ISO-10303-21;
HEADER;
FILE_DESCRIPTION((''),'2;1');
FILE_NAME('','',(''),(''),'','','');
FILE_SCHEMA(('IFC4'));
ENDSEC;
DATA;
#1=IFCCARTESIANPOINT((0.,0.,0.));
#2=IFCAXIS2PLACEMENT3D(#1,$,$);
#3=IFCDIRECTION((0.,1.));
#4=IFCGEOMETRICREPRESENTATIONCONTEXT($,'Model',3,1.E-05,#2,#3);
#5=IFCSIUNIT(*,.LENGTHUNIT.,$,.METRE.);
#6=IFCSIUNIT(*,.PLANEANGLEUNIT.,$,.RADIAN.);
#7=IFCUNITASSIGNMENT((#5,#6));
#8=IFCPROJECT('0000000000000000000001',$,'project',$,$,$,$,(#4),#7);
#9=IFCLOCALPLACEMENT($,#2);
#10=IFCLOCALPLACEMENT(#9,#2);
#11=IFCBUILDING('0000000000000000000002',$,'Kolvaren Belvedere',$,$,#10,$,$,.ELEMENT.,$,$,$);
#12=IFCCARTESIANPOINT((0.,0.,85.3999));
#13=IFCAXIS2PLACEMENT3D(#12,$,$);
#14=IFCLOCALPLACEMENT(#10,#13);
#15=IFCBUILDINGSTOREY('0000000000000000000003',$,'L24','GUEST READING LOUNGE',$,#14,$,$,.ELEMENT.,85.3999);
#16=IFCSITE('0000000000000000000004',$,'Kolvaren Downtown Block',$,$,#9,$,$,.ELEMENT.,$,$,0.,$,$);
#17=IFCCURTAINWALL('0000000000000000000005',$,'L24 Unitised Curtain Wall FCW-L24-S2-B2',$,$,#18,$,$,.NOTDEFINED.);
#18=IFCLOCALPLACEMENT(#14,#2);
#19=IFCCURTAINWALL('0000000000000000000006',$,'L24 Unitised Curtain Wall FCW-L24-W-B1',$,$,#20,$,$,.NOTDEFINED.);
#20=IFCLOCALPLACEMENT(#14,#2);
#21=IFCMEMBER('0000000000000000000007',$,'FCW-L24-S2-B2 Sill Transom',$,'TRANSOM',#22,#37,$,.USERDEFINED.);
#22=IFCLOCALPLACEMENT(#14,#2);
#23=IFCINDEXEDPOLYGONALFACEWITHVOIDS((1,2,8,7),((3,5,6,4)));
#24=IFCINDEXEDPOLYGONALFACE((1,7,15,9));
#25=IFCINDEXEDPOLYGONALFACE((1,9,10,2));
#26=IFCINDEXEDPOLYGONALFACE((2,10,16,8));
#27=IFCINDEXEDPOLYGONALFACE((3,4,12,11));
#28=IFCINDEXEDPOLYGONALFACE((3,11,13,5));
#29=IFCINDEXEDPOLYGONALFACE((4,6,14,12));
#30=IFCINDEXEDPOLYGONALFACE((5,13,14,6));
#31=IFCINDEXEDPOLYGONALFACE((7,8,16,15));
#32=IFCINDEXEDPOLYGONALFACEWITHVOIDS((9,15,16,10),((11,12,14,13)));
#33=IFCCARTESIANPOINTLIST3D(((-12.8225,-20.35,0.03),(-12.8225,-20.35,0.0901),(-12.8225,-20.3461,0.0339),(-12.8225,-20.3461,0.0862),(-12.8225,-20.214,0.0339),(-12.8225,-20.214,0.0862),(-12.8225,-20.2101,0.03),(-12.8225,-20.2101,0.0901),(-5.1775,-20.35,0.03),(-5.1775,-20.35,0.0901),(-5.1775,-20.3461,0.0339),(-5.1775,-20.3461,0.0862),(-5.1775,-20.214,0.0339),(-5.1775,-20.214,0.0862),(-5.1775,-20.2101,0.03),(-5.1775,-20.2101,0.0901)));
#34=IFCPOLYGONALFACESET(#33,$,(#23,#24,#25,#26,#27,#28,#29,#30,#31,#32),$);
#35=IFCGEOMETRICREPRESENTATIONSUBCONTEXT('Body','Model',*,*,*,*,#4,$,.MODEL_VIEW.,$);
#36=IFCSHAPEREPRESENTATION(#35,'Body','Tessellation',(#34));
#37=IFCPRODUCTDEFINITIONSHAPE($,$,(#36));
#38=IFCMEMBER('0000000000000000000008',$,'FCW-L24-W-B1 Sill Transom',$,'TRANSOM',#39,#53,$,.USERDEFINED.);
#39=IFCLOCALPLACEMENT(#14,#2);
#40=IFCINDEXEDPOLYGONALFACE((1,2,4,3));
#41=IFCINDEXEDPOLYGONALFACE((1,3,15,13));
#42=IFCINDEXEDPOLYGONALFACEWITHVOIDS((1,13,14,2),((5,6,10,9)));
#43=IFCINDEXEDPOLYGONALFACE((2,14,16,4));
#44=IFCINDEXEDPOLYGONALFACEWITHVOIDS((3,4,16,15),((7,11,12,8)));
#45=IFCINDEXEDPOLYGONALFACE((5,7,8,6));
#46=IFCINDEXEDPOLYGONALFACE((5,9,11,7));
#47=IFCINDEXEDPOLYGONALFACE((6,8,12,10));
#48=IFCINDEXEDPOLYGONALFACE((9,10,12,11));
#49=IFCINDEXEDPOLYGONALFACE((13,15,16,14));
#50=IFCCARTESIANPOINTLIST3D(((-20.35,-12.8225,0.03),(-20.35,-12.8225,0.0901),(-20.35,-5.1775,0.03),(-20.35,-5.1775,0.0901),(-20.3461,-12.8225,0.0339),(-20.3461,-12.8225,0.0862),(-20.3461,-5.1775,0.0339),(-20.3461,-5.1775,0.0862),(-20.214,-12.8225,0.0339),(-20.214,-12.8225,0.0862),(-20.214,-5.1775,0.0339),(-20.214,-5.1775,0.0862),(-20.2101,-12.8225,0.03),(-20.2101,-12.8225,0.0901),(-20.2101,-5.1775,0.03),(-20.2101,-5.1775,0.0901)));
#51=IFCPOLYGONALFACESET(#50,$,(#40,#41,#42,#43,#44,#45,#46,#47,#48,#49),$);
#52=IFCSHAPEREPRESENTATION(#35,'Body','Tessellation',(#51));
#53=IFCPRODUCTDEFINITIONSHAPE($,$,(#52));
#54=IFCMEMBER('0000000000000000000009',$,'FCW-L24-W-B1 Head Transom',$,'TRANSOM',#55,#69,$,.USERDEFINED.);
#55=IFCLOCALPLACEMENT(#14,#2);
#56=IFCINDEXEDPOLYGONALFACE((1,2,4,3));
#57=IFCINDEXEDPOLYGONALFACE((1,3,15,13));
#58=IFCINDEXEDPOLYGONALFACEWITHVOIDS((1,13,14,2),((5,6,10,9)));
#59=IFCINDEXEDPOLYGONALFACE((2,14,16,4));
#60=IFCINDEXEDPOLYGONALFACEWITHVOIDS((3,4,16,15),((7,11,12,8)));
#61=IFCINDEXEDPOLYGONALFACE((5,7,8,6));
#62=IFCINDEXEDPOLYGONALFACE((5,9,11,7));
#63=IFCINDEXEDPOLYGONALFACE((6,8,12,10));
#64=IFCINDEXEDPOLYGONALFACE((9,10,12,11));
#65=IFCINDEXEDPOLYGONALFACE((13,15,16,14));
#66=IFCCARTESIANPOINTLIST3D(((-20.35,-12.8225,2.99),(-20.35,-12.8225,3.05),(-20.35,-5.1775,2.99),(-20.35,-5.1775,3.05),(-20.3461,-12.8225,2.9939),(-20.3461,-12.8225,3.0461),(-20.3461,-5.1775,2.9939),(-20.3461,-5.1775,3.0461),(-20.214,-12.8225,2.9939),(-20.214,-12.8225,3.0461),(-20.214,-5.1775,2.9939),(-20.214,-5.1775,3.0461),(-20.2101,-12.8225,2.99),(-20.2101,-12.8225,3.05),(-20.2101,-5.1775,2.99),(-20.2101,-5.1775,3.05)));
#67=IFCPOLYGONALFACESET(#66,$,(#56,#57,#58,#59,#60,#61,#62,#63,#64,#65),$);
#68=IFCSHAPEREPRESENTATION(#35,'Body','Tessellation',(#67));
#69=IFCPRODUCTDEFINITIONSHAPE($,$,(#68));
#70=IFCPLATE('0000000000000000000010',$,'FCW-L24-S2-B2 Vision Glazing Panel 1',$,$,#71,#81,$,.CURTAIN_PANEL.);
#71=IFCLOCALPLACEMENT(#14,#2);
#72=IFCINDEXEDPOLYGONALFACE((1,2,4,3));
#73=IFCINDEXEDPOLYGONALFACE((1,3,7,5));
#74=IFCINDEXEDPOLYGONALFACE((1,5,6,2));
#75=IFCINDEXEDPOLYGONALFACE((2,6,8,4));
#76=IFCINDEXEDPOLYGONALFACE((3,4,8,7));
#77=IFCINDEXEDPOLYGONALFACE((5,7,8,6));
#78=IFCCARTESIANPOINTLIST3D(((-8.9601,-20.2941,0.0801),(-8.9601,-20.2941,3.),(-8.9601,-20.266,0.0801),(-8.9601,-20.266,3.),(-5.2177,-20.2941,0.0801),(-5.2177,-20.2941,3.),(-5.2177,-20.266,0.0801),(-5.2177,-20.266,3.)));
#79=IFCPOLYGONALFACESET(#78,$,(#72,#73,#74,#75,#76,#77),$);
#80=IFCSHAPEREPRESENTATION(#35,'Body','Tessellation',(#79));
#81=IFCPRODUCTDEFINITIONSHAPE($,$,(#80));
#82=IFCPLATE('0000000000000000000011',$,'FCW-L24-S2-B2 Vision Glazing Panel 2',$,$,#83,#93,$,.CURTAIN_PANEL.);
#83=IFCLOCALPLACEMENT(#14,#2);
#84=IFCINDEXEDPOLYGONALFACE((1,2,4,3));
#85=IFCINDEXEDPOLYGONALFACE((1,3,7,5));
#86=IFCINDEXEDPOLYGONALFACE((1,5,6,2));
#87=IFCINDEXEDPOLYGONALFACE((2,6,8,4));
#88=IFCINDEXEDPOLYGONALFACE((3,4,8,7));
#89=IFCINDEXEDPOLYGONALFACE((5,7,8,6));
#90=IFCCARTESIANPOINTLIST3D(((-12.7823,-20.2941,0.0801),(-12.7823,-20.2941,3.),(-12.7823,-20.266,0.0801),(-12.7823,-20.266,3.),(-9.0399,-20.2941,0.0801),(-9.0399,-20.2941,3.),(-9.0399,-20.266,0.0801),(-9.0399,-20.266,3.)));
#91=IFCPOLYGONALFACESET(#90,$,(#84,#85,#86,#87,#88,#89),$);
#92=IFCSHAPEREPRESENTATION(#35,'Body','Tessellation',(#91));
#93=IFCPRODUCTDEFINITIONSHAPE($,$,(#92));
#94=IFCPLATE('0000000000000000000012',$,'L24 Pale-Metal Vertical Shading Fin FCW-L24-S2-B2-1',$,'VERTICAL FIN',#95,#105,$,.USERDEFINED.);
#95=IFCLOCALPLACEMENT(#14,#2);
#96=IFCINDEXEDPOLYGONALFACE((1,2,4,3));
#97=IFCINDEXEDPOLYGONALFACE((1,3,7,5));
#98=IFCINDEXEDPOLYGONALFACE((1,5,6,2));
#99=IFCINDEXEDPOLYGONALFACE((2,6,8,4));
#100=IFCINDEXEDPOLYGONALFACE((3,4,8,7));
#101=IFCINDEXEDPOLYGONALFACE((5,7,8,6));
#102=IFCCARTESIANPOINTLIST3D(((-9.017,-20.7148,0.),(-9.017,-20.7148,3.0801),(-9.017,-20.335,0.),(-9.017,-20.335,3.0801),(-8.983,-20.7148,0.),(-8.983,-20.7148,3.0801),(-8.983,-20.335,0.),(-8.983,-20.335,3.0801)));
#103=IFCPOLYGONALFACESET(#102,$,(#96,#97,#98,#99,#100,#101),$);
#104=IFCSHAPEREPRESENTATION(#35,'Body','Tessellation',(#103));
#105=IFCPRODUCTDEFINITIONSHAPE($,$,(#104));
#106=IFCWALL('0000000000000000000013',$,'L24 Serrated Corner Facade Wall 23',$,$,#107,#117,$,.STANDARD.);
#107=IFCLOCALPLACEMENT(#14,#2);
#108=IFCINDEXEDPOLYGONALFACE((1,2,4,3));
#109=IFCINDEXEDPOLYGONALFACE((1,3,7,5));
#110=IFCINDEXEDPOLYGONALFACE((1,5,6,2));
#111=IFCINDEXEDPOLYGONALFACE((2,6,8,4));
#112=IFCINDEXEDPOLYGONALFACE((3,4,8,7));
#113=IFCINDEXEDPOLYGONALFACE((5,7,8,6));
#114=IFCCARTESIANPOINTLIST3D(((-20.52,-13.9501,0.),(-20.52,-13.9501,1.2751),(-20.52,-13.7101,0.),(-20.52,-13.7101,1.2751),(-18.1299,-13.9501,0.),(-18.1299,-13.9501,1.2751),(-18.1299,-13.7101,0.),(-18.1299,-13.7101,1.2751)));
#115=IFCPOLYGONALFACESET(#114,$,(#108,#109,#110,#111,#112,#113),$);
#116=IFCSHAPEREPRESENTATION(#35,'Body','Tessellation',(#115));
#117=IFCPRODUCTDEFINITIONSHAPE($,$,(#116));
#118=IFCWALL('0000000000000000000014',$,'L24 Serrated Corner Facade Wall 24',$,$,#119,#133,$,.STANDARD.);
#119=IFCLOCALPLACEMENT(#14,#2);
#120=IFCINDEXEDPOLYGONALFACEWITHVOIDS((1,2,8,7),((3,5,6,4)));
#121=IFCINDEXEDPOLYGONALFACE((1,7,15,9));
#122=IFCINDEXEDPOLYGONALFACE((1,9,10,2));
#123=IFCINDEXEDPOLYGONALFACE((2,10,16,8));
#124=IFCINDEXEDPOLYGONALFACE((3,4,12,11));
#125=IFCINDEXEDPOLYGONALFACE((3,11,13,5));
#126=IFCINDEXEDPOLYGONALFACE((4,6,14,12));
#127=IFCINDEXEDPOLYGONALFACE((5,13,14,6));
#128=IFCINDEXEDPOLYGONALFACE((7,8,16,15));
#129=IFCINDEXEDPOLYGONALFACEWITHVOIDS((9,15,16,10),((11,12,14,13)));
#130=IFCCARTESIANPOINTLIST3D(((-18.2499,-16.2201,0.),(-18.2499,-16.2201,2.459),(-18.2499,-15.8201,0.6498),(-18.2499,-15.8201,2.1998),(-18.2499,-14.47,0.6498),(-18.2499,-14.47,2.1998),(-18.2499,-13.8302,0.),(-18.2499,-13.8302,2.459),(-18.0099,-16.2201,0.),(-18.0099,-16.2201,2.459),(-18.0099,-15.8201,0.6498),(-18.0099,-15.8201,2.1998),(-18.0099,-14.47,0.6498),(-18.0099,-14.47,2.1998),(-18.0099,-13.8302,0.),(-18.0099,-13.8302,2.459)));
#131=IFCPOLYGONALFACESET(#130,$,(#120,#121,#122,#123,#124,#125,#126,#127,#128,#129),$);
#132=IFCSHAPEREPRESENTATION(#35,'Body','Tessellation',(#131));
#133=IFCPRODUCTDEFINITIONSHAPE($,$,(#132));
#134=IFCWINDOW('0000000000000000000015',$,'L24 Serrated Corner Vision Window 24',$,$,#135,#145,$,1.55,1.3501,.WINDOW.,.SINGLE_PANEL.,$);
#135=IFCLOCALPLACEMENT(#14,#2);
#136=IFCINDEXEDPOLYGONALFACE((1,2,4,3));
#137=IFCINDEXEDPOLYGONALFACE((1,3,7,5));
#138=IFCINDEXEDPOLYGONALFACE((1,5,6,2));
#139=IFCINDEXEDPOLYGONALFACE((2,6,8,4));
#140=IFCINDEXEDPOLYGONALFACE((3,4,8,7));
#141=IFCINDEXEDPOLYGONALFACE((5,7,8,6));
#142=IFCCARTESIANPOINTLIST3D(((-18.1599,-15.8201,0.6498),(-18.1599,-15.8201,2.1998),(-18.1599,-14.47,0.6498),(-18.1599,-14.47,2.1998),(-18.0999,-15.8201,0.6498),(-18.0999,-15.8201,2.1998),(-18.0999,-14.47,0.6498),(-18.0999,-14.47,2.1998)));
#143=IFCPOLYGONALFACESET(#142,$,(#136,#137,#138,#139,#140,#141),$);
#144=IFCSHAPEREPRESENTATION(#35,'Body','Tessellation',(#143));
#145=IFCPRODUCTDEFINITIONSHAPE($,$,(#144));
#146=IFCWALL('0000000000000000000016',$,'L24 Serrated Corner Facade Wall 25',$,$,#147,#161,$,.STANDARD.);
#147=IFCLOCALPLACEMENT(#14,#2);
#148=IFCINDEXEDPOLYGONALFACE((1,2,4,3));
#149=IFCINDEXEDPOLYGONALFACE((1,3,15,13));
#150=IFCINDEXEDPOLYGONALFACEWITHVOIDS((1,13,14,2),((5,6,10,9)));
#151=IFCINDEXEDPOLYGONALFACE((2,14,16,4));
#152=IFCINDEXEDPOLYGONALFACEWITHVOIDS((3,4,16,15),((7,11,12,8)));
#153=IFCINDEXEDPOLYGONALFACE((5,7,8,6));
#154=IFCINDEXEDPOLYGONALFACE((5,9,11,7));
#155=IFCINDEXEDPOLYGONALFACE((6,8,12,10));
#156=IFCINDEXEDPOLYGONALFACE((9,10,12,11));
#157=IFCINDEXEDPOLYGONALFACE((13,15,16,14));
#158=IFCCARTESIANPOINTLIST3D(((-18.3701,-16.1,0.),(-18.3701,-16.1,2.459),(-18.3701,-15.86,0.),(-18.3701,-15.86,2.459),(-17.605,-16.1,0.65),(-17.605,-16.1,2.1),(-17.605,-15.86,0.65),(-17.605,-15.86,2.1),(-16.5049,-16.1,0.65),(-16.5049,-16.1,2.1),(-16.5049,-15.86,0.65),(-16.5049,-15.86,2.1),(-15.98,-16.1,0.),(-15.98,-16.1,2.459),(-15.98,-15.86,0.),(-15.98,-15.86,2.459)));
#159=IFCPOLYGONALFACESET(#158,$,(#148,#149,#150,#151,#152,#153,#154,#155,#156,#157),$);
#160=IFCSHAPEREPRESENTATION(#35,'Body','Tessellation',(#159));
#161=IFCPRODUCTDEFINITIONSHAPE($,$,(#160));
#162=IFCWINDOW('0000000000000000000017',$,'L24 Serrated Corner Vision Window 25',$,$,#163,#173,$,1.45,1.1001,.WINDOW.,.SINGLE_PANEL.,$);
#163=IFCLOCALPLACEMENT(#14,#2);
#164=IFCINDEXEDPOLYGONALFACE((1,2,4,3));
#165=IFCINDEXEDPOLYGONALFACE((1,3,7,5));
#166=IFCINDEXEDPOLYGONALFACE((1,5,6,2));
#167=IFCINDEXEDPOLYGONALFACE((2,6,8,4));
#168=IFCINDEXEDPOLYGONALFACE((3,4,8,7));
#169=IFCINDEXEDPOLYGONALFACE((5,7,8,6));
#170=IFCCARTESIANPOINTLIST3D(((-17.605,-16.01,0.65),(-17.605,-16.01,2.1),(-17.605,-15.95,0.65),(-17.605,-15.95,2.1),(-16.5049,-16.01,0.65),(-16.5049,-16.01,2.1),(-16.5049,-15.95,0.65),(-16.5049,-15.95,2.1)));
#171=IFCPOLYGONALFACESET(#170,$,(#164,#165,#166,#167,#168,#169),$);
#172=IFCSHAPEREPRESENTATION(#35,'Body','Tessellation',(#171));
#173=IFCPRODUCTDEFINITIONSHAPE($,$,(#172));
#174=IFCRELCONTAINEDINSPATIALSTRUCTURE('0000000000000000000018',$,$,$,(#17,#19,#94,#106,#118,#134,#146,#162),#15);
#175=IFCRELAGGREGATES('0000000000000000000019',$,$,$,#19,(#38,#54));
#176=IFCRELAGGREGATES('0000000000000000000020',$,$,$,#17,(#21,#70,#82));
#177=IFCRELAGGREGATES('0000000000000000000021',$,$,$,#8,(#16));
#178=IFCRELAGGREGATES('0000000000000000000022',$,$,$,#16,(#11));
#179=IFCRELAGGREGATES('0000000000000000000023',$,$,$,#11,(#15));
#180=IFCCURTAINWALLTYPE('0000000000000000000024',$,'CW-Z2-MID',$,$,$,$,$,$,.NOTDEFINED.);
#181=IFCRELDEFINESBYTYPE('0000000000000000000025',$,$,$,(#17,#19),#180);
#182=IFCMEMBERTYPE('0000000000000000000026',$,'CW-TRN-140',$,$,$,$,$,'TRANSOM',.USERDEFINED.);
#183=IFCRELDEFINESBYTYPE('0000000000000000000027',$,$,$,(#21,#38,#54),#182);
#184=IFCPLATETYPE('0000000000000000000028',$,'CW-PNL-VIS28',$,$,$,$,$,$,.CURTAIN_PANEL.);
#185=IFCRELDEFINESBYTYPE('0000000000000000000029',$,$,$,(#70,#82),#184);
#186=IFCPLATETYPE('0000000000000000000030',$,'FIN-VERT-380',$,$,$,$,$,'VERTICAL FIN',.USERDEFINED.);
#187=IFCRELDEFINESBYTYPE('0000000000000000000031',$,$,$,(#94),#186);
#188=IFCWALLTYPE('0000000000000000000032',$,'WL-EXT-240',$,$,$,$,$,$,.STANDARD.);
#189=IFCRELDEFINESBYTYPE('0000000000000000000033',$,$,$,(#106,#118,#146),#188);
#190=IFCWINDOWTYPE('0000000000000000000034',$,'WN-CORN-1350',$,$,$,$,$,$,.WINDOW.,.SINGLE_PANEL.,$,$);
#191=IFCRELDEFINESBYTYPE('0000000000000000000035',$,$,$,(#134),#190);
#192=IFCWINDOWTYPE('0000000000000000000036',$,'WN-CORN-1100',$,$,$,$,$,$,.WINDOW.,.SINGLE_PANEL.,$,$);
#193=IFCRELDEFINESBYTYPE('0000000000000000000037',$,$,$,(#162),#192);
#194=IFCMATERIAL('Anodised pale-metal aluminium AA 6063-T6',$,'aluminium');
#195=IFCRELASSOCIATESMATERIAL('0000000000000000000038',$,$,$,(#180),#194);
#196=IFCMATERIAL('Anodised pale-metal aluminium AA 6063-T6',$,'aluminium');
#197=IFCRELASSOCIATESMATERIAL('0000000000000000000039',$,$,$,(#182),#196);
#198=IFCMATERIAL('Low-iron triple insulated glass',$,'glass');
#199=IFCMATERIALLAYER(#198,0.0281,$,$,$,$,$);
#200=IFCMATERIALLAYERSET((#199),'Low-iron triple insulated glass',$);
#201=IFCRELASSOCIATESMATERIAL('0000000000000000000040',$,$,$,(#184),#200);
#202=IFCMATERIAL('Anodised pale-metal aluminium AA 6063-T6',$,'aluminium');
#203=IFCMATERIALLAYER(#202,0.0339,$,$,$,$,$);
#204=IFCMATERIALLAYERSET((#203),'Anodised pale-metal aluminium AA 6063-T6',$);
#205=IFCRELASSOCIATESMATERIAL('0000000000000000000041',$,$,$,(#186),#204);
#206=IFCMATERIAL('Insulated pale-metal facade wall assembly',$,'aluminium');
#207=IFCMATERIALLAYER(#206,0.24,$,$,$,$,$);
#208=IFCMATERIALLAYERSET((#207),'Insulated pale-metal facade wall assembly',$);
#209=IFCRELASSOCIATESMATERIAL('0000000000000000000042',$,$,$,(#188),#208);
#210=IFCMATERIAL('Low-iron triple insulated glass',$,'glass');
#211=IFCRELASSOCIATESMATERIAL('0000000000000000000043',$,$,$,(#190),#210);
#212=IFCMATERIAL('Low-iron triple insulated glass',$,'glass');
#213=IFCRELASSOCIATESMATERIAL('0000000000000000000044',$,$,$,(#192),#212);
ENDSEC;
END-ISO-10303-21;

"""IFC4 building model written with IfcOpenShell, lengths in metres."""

from ifc_helpers import new_model, si_unit, direction, frame, frame_2d, origin, origin_2d, place, context, subcontext, project, spatial, rectangle, hollow_rectangle, extrude, material, layer, layer_set, material_profile, profile_set, type_object, element, fill, aggregate, save


model = new_model("IFC4")

# Units and contexts
model_context = context("Model", 3, precision=1e-05, world=origin(), true_north=direction((0.0, 1.0)))
body_context = subcontext(model_context, "Body", "Model", "MODEL_VIEW")
ifc_project = project(units=[si_unit("LENGTHUNIT", "METRE"), si_unit("PLANEANGLEUNIT", "RADIAN")], contexts=[model_context])

# Site, building, storey
site_placement = place(None, origin())
site = spatial("IfcSite", under=ifc_project, at=site_placement, Name="Kolvaren Downtown Block", CompositionType="ELEMENT", RefElevation=0.0)
building_placement = place(site_placement, origin())
building = spatial("IfcBuilding", under=site, at=building_placement, Name="Kolvaren Belvedere", CompositionType="ELEMENT")
storey_placement = place(building_placement, frame((0.0, 0.0, 85.3999)))
storey = spatial("IfcBuildingStorey", under=building, at=storey_placement, Name="L24", Description="GUEST READING LOUNGE", CompositionType="ELEMENT", Elevation=85.3999)

# Curtain wall
ifc_material_1 = material(Name="Anodised pale-metal aluminium AA 6063-T6", Category="aluminium")
curtain_wall_type = type_object("IfcCurtainWallType", Name="CW-Z2-MID", PredefinedType="NOTDEFINED", material=ifc_material_1)
curtain_wall_1_placement = place(storey_placement, origin())
curtain_wall_1 = element("IfcCurtainWall", 1, at=curtain_wall_1_placement, inside=storey, type_object=curtain_wall_type, Name="L24 Unitised Curtain Wall FCW-L24-S2-B2", PredefinedType="NOTDEFINED")

# Curtain wall
curtain_wall_2_placement = place(storey_placement, origin())
curtain_wall_2 = element("IfcCurtainWall", 2, at=curtain_wall_2_placement, inside=storey, type_object=curtain_wall_type, Name="L24 Unitised Curtain Wall FCW-L24-W-B1", PredefinedType="NOTDEFINED")

# Members
ifc_material_2 = material(Name="Anodised pale-metal aluminium AA 6063-T6", Category="aluminium")
ifc_material_profile_1 = material_profile(ifc_material_2, hollow_rectangle(XDim=0.0601, YDim=0.1399, WallThickness=0.0039, at=origin_2d()), Name="ALU-TRN-140X60")
ifc_profile_set_1 = profile_set([ifc_material_profile_1], Name="Anodised pale-metal aluminium AA 6063-T6")
member_type_1 = type_object("IfcMemberType", Name="CW-TRN-140", ElementType="TRANSOM", PredefinedType="USERDEFINED", material=ifc_profile_set_1)
member_1_placement = place(storey_placement, frame((-5.1775, -20.28, 0.0601), z_axis=(-1.0, 0.0, 0.0), x_axis=(0.0, 0.0, 1.0)))
member_1 = element("IfcMember", 3, at=member_1_placement, type_object=member_type_1, Name="FCW-L24-S2-B2 Sill Transom", ObjectType="TRANSOM", PredefinedType="USERDEFINED", context=body_context, shape_type="SweptSolid", body=[
    extrude(hollow_rectangle(XDim=0.0601, YDim=0.1399, WallThickness=0.0039, at=origin_2d()), origin(), (0.0, 0.0, 1.0), 7.645),
])
member_2_placement = place(storey_placement, frame((-20.28, -12.8225, 0.0601), z_axis=(0.0, 1.0, 0.0), x_axis=(0.0, 0.0, 1.0)))
member_2 = element("IfcMember", 4, at=member_2_placement, type_object=member_type_1, Name="FCW-L24-W-B1 Sill Transom", ObjectType="TRANSOM", PredefinedType="USERDEFINED", context=body_context, shape_type="SweptSolid", body=[
    extrude(hollow_rectangle(XDim=0.0601, YDim=0.1399, WallThickness=0.0039, at=origin_2d()), origin(), (0.0, 0.0, 1.0), 7.645),
])
member_3_placement = place(storey_placement, frame((-20.28, -12.8225, 3.02), z_axis=(0.0, 1.0, 0.0), x_axis=(0.0, 0.0, 1.0)))
member_3 = element("IfcMember", 5, at=member_3_placement, type_object=member_type_1, Name="FCW-L24-W-B1 Head Transom", ObjectType="TRANSOM", PredefinedType="USERDEFINED", context=body_context, shape_type="SweptSolid", body=[
    extrude(hollow_rectangle(XDim=0.0601, YDim=0.1399, WallThickness=0.0039, at=origin_2d()), origin(), (0.0, 0.0, 1.0), 7.645),
])
aggregate(curtain_wall_2, [member_2, member_3])

# Plates
ifc_material_3 = material(Name="Low-iron triple insulated glass", Category="glass")
ifc_layer_1 = layer(ifc_material_3, 0.0281)
ifc_layer_set_1 = layer_set([ifc_layer_1], Name="Low-iron triple insulated glass")
plate_type_1 = type_object("IfcPlateType", Name="CW-PNL-VIS28", PredefinedType="CURTAIN_PANEL", material=ifc_layer_set_1)
plate_1_placement = place(storey_placement, frame((-7.0889, -20.28, 0.0801), z_axis=(0.0, 0.0, 1.0), x_axis=(-1.0, 0.0, 0.0)))
plate_1 = element("IfcPlate", 6, at=plate_1_placement, type_object=plate_type_1, Name="FCW-L24-S2-B2 Vision Glazing Panel 1", PredefinedType="CURTAIN_PANEL", context=body_context, shape_type="SweptSolid", body=[
    extrude(rectangle(XDim=3.7424, YDim=0.0281, at=origin_2d()), origin(), (0.0, 0.0, 1.0), 2.9199),
])
plate_2_placement = place(storey_placement, frame((-10.9111, -20.28, 0.0801), z_axis=(0.0, 0.0, 1.0), x_axis=(-1.0, 0.0, 0.0)))
plate_2 = element("IfcPlate", 7, at=plate_2_placement, type_object=plate_type_1, Name="FCW-L24-S2-B2 Vision Glazing Panel 2", PredefinedType="CURTAIN_PANEL", context=body_context, shape_type="SweptSolid", body=[
    extrude(rectangle(XDim=3.7424, YDim=0.0281, at=origin_2d()), origin(), (0.0, 0.0, 1.0), 2.9199),
])
aggregate(curtain_wall_1, [member_1, plate_1, plate_2])
ifc_material_4 = material(Name="Anodised pale-metal aluminium AA 6063-T6", Category="aluminium")
ifc_layer_2 = layer(ifc_material_4, 0.0339)
ifc_layer_set_2 = layer_set([ifc_layer_2], Name="Anodised pale-metal aluminium AA 6063-T6")
plate_type_2 = type_object("IfcPlateType", Name="FIN-VERT-380", ElementType="VERTICAL FIN", PredefinedType="USERDEFINED", material=ifc_layer_set_2)
plate_3_placement = place(storey_placement, frame((-9.0, -20.5249, 0.0), z_axis=(0.0, 0.0, 1.0), x_axis=(0.0, 1.0, 0.0)))
element("IfcPlate", 8, at=plate_3_placement, inside=storey, type_object=plate_type_2, Name="L24 Pale-Metal Vertical Shading Fin FCW-L24-S2-B2-1", ObjectType="VERTICAL FIN", PredefinedType="USERDEFINED", context=body_context, shape_type="SweptSolid", body=[
    extrude(rectangle(XDim=0.3799, YDim=0.0339, at=origin_2d()), origin(), (0.0, 0.0, 1.0), 3.0801),
])

# Wall
ifc_material_5 = material(Name="Insulated pale-metal facade wall assembly", Category="aluminium")
ifc_layer_3 = layer(ifc_material_5, 0.24)
ifc_layer_set_3 = layer_set([ifc_layer_3], Name="Insulated pale-metal facade wall assembly")
wall_type_1 = type_object("IfcWallType", Name="WL-EXT-240", PredefinedType="STANDARD", material=ifc_layer_set_3)
wall_1_placement = place(storey_placement, frame((-18.1299, -13.8301, 0.0), z_axis=(0.0, 0.0, 1.0), x_axis=(-1.0, 0.0, 0.0)))
element("IfcWall", 9, at=wall_1_placement, inside=storey, type_object=wall_type_1, Name="L24 Serrated Corner Facade Wall 23", PredefinedType="STANDARD", context=body_context, shape_type="SweptSolid", body=[
    extrude(rectangle(XDim=2.3901, YDim=0.24, at=frame_2d((1.1951, 0.0))), origin(), (0.0, 0.0, 1.0), 1.2751),
])

# Walls, openings, windows
wall_2_placement = place(storey_placement, frame((-18.1299, -16.22, 0.0), z_axis=(0.0, 0.0, 1.0), x_axis=(0.0, 1.0, 0.0)))
wall_2 = element("IfcWall", 10, at=wall_2_placement, inside=storey, type_object=wall_type_1, Name="L24 Serrated Corner Facade Wall 24", PredefinedType="STANDARD", context=body_context, shape_type="SweptSolid", body=[
    extrude(rectangle(XDim=2.3899, YDim=0.24, at=frame_2d((1.1948, 0.0))), origin(), (0.0, 0.0, 1.0), 2.459),
])
opening_1_placement = place(wall_2_placement, frame((0.3999, 0.0, 0.6499)))
opening_1 = element("IfcOpeningElement", 11, at=opening_1_placement, cuts=wall_2, PredefinedType="OPENING", context=body_context, shape_type="SweptSolid", body=[
    extrude(rectangle(XDim=1.3501, YDim=1.55, at=frame_2d((0.675, 0.7749))), frame((0.0, 0.1299, 0.0), z_axis=(0.0, -1.0, 0.0), x_axis=(1.0, 0.0, 0.0)), (0.0, 0.0, 1.0), 0.26),
])
ifc_material_6 = material(Name="Low-iron triple insulated glass", Category="glass")
window_type_1 = type_object("IfcWindowType", Name="WN-CORN-1350", PartitioningType="SINGLE_PANEL", PredefinedType="WINDOW", material=ifc_material_6)
window_1_placement = place(opening_1_placement, origin())
window_1 = element("IfcWindow", 12, at=window_1_placement, inside=storey, type_object=window_type_1, Name="L24 Serrated Corner Vision Window 24", OverallHeight=1.55, OverallWidth=1.3501, PartitioningType="SINGLE_PANEL", PredefinedType="WINDOW", context=body_context, shape_type="SweptSolid", body=[
    extrude(rectangle(XDim=1.3501, YDim=1.55, at=frame_2d((0.675, 0.7749))), frame((0.0, 0.03, 0.0), z_axis=(0.0, -1.0, 0.0), x_axis=(1.0, 0.0, 0.0)), (0.0, 0.0, 1.0), 0.0601),
])
fill(opening_1, window_1)
wall_3_placement = place(storey_placement, frame((-15.98, -15.98, 0.0), z_axis=(0.0, 0.0, 1.0), x_axis=(-1.0, 0.0, 0.0)))
wall_3 = element("IfcWall", 13, at=wall_3_placement, inside=storey, type_object=wall_type_1, Name="L24 Serrated Corner Facade Wall 25", PredefinedType="STANDARD", context=body_context, shape_type="SweptSolid", body=[
    extrude(rectangle(XDim=2.3901, YDim=0.24, at=frame_2d((1.1951, 0.0))), origin(), (0.0, 0.0, 1.0), 2.459),
])
opening_2_placement = place(wall_3_placement, frame((0.5249, 0.0, 0.6499)))
opening_2 = element("IfcOpeningElement", 14, at=opening_2_placement, cuts=wall_3, PredefinedType="OPENING", context=body_context, shape_type="SweptSolid", body=[
    extrude(rectangle(XDim=1.1001, YDim=1.45, at=frame_2d((0.55, 0.7251))), frame((0.0, 0.1299, 0.0), z_axis=(0.0, -1.0, 0.0), x_axis=(1.0, 0.0, 0.0)), (0.0, 0.0, 1.0), 0.26),
])
ifc_material_7 = material(Name="Low-iron triple insulated glass", Category="glass")
window_type_2 = type_object("IfcWindowType", Name="WN-CORN-1100", PartitioningType="SINGLE_PANEL", PredefinedType="WINDOW", material=ifc_material_7)
window_2_placement = place(opening_2_placement, origin())
window_2 = element("IfcWindow", 15, at=window_2_placement, inside=storey, type_object=window_type_2, Name="L24 Serrated Corner Vision Window 25", OverallHeight=1.45, OverallWidth=1.1001, PartitioningType="SINGLE_PANEL", PredefinedType="WINDOW", context=body_context, shape_type="SweptSolid", body=[
    extrude(rectangle(XDim=1.1001, YDim=1.45, at=frame_2d((0.55, 0.7251))), frame((0.0, 0.03, 0.0), z_axis=(0.0, -1.0, 0.0), x_axis=(1.0, 0.0, 0.0)), (0.0, 0.0, 1.0), 0.0601),
])
fill(opening_2, window_2)

save(model, "model.ifc")
